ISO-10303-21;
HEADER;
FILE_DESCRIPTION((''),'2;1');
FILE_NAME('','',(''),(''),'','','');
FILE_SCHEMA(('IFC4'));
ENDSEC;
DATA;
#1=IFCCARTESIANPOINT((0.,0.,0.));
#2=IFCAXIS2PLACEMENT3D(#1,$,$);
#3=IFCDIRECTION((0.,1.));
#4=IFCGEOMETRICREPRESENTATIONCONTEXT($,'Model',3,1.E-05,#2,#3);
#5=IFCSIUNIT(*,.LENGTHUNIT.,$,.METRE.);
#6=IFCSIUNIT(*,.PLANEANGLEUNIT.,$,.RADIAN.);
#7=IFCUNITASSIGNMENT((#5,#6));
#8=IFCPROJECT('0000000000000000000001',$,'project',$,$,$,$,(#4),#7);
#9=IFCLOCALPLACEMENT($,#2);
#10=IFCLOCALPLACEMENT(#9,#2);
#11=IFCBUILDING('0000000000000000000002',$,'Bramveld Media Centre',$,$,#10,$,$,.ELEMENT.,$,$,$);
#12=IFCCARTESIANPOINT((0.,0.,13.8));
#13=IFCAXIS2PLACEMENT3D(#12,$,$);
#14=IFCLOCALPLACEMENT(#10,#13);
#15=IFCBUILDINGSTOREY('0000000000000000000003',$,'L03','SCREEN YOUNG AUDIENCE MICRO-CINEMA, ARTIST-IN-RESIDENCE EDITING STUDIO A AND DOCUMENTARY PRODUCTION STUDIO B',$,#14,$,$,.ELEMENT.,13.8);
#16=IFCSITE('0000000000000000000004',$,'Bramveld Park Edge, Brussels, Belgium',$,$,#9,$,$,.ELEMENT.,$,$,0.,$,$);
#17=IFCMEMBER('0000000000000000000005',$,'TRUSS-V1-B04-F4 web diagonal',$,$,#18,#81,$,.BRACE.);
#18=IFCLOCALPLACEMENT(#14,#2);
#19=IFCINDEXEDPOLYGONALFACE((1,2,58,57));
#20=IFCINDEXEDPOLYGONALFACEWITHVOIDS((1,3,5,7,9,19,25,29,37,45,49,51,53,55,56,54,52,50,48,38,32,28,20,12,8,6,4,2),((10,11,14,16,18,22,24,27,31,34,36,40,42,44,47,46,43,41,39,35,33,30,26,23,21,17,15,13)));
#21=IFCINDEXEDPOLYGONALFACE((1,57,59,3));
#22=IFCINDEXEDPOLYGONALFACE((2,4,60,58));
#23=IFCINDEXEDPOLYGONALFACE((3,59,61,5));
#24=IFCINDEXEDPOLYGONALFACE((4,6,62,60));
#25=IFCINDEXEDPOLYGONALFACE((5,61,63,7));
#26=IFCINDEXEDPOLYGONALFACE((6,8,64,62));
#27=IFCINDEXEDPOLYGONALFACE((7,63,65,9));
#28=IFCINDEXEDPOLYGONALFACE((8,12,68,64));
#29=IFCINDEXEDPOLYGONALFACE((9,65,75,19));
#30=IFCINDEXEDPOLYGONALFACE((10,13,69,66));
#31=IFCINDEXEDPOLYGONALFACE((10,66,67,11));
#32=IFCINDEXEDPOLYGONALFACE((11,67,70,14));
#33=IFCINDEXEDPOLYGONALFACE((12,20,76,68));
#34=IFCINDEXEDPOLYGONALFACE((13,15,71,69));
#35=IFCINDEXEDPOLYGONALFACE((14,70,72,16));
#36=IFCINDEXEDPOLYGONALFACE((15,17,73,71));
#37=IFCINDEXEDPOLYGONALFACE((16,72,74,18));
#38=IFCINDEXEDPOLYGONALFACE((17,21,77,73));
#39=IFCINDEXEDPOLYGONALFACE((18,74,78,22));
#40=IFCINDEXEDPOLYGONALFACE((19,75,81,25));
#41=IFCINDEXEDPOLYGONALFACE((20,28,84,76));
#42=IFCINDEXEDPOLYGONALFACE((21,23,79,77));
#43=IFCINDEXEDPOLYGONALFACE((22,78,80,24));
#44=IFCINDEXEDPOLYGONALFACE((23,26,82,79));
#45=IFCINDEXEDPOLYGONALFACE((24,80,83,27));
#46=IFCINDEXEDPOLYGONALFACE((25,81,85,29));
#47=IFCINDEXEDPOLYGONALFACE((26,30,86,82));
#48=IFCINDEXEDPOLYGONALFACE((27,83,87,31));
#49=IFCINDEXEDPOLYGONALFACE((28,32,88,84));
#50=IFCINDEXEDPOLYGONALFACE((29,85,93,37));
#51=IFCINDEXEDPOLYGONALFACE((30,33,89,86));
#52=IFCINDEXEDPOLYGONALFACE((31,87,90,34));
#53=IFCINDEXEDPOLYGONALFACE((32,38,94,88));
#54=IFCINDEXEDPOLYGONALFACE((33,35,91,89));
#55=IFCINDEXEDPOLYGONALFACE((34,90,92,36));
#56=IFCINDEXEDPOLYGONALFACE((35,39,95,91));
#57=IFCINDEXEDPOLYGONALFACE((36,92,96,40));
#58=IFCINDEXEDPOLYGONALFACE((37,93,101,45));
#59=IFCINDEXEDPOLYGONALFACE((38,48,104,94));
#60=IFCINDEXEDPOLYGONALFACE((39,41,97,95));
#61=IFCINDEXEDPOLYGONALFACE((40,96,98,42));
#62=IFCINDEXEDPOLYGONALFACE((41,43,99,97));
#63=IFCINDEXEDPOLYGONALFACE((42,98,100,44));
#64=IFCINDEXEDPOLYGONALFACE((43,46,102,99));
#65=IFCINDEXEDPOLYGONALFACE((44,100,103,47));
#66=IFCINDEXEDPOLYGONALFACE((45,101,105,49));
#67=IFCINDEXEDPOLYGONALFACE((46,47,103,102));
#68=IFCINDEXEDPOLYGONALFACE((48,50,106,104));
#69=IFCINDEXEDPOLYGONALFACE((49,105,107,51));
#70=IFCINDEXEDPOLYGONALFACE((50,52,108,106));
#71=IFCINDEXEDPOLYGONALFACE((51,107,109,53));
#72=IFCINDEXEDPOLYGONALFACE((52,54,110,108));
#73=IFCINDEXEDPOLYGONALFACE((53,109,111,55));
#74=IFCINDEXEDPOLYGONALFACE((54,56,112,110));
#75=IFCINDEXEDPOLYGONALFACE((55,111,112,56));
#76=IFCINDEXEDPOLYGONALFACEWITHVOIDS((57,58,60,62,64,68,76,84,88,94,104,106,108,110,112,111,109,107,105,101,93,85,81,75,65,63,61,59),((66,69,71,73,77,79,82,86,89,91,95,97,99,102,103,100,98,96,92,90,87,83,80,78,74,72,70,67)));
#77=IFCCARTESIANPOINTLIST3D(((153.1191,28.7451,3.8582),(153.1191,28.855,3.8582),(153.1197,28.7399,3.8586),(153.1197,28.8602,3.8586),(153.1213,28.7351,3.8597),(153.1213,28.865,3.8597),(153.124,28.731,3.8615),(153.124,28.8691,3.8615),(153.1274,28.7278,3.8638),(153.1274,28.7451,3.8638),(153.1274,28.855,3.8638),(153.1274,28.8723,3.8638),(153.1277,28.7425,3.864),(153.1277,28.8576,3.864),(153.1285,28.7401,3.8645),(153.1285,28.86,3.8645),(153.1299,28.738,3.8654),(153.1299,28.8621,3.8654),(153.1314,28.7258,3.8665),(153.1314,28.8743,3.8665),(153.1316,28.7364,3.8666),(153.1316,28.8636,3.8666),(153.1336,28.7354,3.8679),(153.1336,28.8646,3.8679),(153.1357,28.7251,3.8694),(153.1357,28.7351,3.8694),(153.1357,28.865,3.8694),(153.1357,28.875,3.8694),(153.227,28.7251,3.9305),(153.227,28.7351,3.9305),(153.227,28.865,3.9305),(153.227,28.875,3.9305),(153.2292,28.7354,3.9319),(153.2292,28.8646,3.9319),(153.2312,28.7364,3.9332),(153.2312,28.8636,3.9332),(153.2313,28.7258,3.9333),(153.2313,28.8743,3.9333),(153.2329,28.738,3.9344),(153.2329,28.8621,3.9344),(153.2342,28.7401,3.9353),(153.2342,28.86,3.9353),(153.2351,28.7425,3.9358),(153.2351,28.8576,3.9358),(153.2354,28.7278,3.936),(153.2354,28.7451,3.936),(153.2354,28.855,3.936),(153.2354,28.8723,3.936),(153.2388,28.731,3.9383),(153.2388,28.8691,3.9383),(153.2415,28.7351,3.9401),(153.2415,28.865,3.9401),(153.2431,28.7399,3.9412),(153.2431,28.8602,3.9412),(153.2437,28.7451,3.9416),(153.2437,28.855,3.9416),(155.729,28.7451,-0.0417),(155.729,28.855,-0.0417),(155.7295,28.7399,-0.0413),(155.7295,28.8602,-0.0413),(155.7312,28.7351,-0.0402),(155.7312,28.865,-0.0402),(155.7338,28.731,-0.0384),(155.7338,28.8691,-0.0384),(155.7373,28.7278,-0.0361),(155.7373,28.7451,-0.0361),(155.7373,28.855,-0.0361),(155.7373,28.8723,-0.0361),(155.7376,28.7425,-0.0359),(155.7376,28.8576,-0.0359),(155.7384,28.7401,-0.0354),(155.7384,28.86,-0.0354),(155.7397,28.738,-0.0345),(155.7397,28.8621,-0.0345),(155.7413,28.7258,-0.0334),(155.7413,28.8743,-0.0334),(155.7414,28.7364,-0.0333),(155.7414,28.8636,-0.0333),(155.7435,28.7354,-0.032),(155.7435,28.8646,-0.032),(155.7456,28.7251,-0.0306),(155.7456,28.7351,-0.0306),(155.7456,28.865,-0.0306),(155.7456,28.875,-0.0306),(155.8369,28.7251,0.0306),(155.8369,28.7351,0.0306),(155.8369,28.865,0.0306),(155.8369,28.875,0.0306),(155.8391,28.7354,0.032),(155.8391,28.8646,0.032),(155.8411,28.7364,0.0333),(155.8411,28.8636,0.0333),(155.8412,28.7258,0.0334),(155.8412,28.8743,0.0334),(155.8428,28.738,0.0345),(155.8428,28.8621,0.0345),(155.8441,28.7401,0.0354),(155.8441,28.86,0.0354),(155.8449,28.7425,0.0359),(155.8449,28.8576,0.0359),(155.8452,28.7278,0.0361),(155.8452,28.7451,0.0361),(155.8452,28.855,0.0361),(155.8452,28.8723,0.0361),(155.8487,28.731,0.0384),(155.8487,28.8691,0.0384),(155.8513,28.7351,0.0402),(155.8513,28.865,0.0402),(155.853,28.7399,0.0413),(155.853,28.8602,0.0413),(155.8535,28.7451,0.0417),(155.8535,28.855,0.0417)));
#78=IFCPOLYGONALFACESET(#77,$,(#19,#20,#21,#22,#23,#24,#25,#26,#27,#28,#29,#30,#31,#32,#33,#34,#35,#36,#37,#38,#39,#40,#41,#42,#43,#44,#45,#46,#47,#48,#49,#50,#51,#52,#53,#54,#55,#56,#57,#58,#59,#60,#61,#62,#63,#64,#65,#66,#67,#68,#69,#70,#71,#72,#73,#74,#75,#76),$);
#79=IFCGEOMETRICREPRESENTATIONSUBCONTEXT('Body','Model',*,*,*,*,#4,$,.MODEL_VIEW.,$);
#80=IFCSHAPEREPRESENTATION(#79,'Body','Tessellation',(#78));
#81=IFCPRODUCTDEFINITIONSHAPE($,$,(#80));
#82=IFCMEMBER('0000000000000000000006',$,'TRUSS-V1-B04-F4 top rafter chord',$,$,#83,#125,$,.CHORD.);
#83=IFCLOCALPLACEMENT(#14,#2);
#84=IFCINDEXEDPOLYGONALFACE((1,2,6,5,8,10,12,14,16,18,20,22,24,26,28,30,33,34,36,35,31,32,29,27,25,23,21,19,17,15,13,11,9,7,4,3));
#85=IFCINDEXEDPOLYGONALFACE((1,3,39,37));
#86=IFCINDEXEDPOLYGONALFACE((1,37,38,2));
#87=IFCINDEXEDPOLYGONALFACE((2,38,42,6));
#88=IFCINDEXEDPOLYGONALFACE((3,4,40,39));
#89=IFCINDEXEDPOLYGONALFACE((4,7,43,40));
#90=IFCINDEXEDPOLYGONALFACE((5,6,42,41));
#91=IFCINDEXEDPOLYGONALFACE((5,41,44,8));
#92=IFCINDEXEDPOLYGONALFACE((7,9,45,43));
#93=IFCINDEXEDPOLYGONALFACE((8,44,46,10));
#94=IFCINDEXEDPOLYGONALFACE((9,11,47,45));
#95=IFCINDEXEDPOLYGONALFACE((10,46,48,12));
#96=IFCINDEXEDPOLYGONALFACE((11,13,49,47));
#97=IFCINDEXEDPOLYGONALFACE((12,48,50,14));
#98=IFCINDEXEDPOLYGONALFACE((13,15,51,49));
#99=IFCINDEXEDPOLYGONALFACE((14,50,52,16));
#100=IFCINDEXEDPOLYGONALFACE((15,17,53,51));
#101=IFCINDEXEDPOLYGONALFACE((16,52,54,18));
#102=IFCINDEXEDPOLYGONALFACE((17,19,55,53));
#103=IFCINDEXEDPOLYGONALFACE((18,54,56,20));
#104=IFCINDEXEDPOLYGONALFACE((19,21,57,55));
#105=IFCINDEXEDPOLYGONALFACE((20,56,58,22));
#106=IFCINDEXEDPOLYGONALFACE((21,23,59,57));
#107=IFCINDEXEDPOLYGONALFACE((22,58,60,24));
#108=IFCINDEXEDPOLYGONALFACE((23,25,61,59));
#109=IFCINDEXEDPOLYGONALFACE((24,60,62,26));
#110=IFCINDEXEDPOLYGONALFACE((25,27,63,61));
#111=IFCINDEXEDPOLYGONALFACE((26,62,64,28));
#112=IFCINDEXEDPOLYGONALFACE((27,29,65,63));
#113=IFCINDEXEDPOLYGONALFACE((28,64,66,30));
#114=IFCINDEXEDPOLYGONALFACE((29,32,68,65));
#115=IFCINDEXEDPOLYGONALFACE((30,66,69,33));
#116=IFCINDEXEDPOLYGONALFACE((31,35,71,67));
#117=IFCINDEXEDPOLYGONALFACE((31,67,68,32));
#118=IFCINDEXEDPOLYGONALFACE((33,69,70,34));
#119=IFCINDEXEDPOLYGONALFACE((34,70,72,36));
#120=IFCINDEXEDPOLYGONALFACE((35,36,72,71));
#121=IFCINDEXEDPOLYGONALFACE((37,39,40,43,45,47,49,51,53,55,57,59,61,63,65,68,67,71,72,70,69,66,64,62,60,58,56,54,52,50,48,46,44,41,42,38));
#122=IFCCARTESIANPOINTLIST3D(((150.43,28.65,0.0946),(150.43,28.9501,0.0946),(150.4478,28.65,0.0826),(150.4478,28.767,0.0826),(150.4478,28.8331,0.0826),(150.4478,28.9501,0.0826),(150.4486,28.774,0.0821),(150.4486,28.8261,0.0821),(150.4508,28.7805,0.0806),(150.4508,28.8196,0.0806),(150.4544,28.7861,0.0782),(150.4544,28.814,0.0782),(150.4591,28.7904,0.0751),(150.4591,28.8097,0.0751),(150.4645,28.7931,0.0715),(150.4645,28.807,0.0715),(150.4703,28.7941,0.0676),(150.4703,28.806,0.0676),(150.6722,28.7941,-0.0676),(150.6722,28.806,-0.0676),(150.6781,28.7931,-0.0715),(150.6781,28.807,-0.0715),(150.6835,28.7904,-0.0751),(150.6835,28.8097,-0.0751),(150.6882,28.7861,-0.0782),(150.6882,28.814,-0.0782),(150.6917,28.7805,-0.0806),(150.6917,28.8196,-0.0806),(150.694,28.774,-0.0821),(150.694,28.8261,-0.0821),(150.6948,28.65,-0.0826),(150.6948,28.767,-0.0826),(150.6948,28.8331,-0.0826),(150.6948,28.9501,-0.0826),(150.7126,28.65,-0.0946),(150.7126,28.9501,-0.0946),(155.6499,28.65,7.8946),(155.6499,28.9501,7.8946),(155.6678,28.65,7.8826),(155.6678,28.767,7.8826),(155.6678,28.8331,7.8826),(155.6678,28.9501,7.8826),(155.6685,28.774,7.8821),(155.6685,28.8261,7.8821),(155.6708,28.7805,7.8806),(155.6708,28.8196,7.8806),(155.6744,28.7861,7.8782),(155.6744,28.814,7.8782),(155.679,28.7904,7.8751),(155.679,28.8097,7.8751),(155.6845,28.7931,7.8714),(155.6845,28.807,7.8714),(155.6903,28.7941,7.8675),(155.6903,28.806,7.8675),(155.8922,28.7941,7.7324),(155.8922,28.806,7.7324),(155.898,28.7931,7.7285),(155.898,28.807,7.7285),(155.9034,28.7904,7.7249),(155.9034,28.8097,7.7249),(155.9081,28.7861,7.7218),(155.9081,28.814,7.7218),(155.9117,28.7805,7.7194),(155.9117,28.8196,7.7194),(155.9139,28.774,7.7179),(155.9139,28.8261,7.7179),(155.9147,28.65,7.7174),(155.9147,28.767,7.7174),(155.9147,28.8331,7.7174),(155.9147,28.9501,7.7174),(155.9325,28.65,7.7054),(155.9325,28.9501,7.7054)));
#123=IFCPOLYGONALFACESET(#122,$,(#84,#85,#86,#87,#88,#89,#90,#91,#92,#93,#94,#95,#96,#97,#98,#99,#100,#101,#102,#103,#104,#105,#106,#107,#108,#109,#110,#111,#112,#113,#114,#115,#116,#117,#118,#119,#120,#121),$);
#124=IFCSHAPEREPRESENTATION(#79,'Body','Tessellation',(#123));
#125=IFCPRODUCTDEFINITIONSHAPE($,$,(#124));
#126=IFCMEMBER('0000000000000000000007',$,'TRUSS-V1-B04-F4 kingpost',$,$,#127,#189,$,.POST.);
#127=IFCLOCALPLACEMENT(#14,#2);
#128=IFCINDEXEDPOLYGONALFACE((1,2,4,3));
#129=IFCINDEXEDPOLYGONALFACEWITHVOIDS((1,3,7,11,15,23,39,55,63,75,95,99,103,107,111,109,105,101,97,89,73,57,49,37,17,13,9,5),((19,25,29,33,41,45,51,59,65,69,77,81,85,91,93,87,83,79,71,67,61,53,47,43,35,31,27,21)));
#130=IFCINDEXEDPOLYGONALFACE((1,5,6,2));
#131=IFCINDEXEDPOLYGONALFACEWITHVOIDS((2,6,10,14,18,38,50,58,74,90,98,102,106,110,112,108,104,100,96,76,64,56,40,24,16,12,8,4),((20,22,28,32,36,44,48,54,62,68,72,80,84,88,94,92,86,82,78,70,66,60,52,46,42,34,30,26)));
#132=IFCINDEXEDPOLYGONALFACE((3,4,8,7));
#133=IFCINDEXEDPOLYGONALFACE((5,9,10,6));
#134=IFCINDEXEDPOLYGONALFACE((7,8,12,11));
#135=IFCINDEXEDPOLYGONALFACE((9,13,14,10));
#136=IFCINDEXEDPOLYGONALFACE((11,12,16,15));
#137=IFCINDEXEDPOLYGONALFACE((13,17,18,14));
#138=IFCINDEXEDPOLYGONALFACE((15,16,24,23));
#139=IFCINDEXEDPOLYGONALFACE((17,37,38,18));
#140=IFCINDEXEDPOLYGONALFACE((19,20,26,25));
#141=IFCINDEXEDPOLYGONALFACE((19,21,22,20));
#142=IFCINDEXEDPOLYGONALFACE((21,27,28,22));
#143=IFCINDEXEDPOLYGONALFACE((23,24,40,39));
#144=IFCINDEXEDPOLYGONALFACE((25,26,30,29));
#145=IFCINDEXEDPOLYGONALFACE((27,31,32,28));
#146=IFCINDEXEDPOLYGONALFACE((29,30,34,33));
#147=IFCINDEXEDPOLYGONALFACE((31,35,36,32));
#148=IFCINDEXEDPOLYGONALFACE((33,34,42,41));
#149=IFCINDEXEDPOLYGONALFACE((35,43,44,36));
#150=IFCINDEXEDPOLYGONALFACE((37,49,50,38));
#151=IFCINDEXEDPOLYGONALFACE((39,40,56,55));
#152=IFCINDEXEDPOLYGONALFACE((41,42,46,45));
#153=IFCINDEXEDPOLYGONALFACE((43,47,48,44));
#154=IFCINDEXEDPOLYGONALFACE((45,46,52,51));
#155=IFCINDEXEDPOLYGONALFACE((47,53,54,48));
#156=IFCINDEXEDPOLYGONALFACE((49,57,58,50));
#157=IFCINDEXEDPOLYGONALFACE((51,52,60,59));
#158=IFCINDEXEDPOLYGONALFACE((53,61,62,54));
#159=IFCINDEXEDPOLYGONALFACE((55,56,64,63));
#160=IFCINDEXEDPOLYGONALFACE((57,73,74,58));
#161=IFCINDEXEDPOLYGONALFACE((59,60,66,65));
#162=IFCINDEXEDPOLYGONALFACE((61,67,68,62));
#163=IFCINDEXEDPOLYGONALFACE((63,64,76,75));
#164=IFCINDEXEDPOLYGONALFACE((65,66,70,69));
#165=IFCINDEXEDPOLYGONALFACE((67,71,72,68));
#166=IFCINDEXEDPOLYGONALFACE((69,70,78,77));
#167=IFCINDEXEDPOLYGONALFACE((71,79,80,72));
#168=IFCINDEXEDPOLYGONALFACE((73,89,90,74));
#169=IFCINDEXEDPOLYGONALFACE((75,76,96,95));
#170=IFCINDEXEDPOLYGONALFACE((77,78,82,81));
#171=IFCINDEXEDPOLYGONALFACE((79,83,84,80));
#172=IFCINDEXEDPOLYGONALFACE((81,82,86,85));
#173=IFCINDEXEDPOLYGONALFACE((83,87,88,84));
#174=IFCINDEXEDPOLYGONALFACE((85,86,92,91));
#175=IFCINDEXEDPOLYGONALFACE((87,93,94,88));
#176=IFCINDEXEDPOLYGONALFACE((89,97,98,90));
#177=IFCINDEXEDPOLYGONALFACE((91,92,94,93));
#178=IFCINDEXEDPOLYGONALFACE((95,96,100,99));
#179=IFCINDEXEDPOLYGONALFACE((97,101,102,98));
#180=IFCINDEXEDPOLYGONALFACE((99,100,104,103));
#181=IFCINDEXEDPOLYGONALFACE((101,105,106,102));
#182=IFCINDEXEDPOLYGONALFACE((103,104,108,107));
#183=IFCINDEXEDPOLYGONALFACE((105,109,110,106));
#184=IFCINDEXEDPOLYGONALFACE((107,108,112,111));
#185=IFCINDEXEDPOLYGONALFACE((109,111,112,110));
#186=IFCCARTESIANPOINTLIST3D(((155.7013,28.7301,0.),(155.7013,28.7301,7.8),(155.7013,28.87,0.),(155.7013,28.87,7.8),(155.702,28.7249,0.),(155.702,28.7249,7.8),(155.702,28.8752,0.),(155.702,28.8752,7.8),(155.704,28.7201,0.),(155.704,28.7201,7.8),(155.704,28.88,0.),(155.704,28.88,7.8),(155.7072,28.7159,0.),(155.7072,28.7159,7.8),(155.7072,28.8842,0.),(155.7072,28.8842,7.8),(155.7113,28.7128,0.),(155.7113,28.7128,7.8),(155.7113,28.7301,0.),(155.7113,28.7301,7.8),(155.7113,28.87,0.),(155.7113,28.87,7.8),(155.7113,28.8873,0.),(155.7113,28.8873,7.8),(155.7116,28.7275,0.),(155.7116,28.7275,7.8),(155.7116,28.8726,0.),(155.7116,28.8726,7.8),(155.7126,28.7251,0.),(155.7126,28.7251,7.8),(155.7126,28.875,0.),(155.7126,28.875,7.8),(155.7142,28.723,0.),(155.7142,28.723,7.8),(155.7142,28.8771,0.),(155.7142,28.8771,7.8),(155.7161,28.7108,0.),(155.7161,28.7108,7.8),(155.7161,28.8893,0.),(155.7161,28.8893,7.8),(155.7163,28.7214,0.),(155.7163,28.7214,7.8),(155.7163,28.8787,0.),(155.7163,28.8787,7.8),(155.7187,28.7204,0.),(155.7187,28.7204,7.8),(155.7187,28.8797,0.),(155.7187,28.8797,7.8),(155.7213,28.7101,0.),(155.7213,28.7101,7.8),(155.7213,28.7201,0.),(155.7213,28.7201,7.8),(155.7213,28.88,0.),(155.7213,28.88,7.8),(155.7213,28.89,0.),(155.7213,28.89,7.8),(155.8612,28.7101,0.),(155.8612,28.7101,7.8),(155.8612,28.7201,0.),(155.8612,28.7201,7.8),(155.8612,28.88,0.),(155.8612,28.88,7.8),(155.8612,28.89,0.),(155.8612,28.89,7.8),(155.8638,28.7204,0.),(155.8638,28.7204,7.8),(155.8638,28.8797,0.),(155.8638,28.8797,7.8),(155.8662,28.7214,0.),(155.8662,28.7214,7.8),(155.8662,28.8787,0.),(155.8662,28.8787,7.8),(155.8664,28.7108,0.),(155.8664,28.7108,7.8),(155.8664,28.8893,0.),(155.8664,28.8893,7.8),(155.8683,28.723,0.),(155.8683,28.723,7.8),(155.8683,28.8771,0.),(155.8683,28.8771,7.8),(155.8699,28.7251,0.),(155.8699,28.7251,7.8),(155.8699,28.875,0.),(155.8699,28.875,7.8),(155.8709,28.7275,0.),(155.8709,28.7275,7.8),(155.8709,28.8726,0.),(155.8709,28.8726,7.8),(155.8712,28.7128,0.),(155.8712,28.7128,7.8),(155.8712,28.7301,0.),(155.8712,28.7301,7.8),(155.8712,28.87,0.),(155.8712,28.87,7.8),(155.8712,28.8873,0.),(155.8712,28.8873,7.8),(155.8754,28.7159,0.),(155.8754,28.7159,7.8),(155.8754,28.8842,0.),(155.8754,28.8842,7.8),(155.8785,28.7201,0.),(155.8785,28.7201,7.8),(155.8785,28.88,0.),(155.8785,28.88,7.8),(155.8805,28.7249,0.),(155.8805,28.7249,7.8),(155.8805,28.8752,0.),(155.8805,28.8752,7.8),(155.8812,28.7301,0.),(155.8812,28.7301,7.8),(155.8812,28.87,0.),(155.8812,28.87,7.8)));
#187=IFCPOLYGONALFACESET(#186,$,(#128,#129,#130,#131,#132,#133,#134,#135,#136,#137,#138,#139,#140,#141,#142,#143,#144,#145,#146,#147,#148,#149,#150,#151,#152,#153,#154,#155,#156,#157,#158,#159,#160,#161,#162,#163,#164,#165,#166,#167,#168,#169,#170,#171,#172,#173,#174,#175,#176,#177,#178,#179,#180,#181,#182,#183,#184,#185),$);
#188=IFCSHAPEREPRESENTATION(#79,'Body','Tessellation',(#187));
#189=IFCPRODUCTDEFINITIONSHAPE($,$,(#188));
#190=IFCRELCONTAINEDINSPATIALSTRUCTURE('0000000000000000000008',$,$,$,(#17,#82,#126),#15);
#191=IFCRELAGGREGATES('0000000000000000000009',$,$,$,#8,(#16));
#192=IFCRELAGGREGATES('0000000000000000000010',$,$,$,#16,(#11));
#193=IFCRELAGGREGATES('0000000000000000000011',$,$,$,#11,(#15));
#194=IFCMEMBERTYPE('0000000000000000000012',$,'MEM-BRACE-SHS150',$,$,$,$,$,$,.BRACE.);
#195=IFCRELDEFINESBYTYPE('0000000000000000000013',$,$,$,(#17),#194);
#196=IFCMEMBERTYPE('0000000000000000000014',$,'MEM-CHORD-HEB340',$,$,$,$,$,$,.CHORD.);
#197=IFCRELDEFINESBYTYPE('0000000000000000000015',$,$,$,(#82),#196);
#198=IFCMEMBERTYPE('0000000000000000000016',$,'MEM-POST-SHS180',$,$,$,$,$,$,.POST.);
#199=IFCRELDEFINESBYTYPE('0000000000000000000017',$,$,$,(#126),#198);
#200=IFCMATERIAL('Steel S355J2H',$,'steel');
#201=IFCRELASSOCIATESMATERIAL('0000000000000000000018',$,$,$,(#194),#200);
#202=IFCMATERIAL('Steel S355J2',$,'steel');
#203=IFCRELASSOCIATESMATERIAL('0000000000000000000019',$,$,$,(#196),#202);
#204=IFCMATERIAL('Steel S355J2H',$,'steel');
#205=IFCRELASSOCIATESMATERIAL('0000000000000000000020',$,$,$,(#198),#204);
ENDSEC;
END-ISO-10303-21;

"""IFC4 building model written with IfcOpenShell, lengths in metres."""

from ifc_helpers import new_model, si_unit, direction, frame, origin, origin_2d, place, context, subcontext, project, spatial, hollow_rectangle, i_section, extrude, material, material_profile, profile_set, type_object, element, save


model = new_model("IFC4")

# Units and contexts
model_context = context("Model", 3, precision=1e-05, world=origin(), true_north=direction((0.0, 1.0)))
body_context = subcontext(model_context, "Body", "Model", "MODEL_VIEW")
ifc_project = project(units=[si_unit("LENGTHUNIT", "METRE"), si_unit("PLANEANGLEUNIT", "RADIAN")], contexts=[model_context])

# Site, building, storey
site_placement = place(None, origin())
site = spatial("IfcSite", under=ifc_project, at=site_placement, Name="Bramveld Park Edge, Brussels, Belgium", CompositionType="ELEMENT", RefElevation=0.0)
building_placement = place(site_placement, origin())
building = spatial("IfcBuilding", under=site, at=building_placement, Name="Bramveld Media Centre", CompositionType="ELEMENT")
storey_placement = place(building_placement, frame((0.0, 0.0, 13.8)))
storey = spatial("IfcBuildingStorey", under=building, at=storey_placement, Name="L03", Description="SCREEN YOUNG AUDIENCE MICRO-CINEMA, ARTIST-IN-RESIDENCE EDITING STUDIO A AND DOCUMENTARY PRODUCTION STUDIO B", CompositionType="ELEMENT", Elevation=13.8)

# Members
ifc_material_1 = material(Name="Steel S355J2H", Category="steel")
ifc_material_profile_1 = material_profile(ifc_material_1, hollow_rectangle(XDim=0.1499, YDim=0.1499, WallThickness=0.01, InnerFilletRadius=0.01, OuterFilletRadius=0.02, at=origin_2d()), Name="SHS 150x150x10")
ifc_profile_set_1 = profile_set([ifc_material_profile_1], Name="Steel S355J2H")
member_type_1 = type_object("IfcMemberType", Name="MEM-BRACE-SHS150", PredefinedType="BRACE", material=ifc_profile_set_1)
member_1_placement = place(storey_placement, frame((155.7913, 28.8, 0.0), z_axis=(-0.556164, 0.0, 0.831073), x_axis=(0.0, -1.0, 0.0)))
element("IfcMember", 1, at=member_1_placement, inside=storey, type_object=member_type_1, Name="TRUSS-V1-B04-F4 web diagonal", PredefinedType="BRACE", context=body_context, shape_type="SweptSolid", body=[
    extrude(hollow_rectangle(XDim=0.1499, YDim=0.1499, WallThickness=0.01, InnerFilletRadius=0.01, OuterFilletRadius=0.02, at=origin_2d()), origin(), (0.0, 0.0, 1.0), 4.6926),
])
ifc_material_2 = material(Name="Steel S355J2", Category="steel")
ifc_material_profile_2 = material_profile(ifc_material_2, i_section(OverallWidth=0.3, OverallDepth=0.3401, WebThickness=0.012, FlangeThickness=0.0215, FilletRadius=0.0271, at=origin_2d()), Name="HEB 340")
ifc_profile_set_2 = profile_set([ifc_material_profile_2], Name="Steel S355J2")
member_type_2 = type_object("IfcMemberType", Name="MEM-CHORD-HEB340", PredefinedType="CHORD", material=ifc_profile_set_2)
member_2_placement = place(storey_placement, frame((150.5713, 28.8, 0.0), z_axis=(0.55617, 0.0, 0.831069), x_axis=(0.0, 1.0, 0.0)))
element("IfcMember", 2, at=member_2_placement, inside=storey, type_object=member_type_2, Name="TRUSS-V1-B04-F4 top rafter chord", PredefinedType="CHORD", context=body_context, shape_type="SweptSolid", body=[
    extrude(i_section(OverallWidth=0.3, OverallDepth=0.3401, WebThickness=0.012, FlangeThickness=0.0215, FilletRadius=0.0271, at=origin_2d()), origin(), (0.0, 0.0, 1.0), 9.3855),
])
ifc_material_3 = material(Name="Steel S355J2H", Category="steel")
ifc_material_profile_3 = material_profile(ifc_material_3, hollow_rectangle(XDim=0.1799, YDim=0.1799, WallThickness=0.01, InnerFilletRadius=0.01, OuterFilletRadius=0.02, at=origin_2d()), Name="SHS 180x180x10")
ifc_profile_set_3 = profile_set([ifc_material_profile_3], Name="Steel S355J2H")
member_type_3 = type_object("IfcMemberType", Name="MEM-POST-SHS180", PredefinedType="POST", material=ifc_profile_set_3)
member_3_placement = place(storey_placement, frame((155.7913, 28.8, 0.0), z_axis=(0.0, 0.0, 1.0), x_axis=(1.0, 0.0, 0.0)))
element("IfcMember", 3, at=member_3_placement, inside=storey, type_object=member_type_3, Name="TRUSS-V1-B04-F4 kingpost", PredefinedType="POST", context=body_context, shape_type="SweptSolid", body=[
    extrude(hollow_rectangle(XDim=0.1799, YDim=0.1799, WallThickness=0.01, InnerFilletRadius=0.01, OuterFilletRadius=0.02, at=origin_2d()), origin(), (0.0, 0.0, 1.0), 7.8),
])

save(model, "model.ifc")
